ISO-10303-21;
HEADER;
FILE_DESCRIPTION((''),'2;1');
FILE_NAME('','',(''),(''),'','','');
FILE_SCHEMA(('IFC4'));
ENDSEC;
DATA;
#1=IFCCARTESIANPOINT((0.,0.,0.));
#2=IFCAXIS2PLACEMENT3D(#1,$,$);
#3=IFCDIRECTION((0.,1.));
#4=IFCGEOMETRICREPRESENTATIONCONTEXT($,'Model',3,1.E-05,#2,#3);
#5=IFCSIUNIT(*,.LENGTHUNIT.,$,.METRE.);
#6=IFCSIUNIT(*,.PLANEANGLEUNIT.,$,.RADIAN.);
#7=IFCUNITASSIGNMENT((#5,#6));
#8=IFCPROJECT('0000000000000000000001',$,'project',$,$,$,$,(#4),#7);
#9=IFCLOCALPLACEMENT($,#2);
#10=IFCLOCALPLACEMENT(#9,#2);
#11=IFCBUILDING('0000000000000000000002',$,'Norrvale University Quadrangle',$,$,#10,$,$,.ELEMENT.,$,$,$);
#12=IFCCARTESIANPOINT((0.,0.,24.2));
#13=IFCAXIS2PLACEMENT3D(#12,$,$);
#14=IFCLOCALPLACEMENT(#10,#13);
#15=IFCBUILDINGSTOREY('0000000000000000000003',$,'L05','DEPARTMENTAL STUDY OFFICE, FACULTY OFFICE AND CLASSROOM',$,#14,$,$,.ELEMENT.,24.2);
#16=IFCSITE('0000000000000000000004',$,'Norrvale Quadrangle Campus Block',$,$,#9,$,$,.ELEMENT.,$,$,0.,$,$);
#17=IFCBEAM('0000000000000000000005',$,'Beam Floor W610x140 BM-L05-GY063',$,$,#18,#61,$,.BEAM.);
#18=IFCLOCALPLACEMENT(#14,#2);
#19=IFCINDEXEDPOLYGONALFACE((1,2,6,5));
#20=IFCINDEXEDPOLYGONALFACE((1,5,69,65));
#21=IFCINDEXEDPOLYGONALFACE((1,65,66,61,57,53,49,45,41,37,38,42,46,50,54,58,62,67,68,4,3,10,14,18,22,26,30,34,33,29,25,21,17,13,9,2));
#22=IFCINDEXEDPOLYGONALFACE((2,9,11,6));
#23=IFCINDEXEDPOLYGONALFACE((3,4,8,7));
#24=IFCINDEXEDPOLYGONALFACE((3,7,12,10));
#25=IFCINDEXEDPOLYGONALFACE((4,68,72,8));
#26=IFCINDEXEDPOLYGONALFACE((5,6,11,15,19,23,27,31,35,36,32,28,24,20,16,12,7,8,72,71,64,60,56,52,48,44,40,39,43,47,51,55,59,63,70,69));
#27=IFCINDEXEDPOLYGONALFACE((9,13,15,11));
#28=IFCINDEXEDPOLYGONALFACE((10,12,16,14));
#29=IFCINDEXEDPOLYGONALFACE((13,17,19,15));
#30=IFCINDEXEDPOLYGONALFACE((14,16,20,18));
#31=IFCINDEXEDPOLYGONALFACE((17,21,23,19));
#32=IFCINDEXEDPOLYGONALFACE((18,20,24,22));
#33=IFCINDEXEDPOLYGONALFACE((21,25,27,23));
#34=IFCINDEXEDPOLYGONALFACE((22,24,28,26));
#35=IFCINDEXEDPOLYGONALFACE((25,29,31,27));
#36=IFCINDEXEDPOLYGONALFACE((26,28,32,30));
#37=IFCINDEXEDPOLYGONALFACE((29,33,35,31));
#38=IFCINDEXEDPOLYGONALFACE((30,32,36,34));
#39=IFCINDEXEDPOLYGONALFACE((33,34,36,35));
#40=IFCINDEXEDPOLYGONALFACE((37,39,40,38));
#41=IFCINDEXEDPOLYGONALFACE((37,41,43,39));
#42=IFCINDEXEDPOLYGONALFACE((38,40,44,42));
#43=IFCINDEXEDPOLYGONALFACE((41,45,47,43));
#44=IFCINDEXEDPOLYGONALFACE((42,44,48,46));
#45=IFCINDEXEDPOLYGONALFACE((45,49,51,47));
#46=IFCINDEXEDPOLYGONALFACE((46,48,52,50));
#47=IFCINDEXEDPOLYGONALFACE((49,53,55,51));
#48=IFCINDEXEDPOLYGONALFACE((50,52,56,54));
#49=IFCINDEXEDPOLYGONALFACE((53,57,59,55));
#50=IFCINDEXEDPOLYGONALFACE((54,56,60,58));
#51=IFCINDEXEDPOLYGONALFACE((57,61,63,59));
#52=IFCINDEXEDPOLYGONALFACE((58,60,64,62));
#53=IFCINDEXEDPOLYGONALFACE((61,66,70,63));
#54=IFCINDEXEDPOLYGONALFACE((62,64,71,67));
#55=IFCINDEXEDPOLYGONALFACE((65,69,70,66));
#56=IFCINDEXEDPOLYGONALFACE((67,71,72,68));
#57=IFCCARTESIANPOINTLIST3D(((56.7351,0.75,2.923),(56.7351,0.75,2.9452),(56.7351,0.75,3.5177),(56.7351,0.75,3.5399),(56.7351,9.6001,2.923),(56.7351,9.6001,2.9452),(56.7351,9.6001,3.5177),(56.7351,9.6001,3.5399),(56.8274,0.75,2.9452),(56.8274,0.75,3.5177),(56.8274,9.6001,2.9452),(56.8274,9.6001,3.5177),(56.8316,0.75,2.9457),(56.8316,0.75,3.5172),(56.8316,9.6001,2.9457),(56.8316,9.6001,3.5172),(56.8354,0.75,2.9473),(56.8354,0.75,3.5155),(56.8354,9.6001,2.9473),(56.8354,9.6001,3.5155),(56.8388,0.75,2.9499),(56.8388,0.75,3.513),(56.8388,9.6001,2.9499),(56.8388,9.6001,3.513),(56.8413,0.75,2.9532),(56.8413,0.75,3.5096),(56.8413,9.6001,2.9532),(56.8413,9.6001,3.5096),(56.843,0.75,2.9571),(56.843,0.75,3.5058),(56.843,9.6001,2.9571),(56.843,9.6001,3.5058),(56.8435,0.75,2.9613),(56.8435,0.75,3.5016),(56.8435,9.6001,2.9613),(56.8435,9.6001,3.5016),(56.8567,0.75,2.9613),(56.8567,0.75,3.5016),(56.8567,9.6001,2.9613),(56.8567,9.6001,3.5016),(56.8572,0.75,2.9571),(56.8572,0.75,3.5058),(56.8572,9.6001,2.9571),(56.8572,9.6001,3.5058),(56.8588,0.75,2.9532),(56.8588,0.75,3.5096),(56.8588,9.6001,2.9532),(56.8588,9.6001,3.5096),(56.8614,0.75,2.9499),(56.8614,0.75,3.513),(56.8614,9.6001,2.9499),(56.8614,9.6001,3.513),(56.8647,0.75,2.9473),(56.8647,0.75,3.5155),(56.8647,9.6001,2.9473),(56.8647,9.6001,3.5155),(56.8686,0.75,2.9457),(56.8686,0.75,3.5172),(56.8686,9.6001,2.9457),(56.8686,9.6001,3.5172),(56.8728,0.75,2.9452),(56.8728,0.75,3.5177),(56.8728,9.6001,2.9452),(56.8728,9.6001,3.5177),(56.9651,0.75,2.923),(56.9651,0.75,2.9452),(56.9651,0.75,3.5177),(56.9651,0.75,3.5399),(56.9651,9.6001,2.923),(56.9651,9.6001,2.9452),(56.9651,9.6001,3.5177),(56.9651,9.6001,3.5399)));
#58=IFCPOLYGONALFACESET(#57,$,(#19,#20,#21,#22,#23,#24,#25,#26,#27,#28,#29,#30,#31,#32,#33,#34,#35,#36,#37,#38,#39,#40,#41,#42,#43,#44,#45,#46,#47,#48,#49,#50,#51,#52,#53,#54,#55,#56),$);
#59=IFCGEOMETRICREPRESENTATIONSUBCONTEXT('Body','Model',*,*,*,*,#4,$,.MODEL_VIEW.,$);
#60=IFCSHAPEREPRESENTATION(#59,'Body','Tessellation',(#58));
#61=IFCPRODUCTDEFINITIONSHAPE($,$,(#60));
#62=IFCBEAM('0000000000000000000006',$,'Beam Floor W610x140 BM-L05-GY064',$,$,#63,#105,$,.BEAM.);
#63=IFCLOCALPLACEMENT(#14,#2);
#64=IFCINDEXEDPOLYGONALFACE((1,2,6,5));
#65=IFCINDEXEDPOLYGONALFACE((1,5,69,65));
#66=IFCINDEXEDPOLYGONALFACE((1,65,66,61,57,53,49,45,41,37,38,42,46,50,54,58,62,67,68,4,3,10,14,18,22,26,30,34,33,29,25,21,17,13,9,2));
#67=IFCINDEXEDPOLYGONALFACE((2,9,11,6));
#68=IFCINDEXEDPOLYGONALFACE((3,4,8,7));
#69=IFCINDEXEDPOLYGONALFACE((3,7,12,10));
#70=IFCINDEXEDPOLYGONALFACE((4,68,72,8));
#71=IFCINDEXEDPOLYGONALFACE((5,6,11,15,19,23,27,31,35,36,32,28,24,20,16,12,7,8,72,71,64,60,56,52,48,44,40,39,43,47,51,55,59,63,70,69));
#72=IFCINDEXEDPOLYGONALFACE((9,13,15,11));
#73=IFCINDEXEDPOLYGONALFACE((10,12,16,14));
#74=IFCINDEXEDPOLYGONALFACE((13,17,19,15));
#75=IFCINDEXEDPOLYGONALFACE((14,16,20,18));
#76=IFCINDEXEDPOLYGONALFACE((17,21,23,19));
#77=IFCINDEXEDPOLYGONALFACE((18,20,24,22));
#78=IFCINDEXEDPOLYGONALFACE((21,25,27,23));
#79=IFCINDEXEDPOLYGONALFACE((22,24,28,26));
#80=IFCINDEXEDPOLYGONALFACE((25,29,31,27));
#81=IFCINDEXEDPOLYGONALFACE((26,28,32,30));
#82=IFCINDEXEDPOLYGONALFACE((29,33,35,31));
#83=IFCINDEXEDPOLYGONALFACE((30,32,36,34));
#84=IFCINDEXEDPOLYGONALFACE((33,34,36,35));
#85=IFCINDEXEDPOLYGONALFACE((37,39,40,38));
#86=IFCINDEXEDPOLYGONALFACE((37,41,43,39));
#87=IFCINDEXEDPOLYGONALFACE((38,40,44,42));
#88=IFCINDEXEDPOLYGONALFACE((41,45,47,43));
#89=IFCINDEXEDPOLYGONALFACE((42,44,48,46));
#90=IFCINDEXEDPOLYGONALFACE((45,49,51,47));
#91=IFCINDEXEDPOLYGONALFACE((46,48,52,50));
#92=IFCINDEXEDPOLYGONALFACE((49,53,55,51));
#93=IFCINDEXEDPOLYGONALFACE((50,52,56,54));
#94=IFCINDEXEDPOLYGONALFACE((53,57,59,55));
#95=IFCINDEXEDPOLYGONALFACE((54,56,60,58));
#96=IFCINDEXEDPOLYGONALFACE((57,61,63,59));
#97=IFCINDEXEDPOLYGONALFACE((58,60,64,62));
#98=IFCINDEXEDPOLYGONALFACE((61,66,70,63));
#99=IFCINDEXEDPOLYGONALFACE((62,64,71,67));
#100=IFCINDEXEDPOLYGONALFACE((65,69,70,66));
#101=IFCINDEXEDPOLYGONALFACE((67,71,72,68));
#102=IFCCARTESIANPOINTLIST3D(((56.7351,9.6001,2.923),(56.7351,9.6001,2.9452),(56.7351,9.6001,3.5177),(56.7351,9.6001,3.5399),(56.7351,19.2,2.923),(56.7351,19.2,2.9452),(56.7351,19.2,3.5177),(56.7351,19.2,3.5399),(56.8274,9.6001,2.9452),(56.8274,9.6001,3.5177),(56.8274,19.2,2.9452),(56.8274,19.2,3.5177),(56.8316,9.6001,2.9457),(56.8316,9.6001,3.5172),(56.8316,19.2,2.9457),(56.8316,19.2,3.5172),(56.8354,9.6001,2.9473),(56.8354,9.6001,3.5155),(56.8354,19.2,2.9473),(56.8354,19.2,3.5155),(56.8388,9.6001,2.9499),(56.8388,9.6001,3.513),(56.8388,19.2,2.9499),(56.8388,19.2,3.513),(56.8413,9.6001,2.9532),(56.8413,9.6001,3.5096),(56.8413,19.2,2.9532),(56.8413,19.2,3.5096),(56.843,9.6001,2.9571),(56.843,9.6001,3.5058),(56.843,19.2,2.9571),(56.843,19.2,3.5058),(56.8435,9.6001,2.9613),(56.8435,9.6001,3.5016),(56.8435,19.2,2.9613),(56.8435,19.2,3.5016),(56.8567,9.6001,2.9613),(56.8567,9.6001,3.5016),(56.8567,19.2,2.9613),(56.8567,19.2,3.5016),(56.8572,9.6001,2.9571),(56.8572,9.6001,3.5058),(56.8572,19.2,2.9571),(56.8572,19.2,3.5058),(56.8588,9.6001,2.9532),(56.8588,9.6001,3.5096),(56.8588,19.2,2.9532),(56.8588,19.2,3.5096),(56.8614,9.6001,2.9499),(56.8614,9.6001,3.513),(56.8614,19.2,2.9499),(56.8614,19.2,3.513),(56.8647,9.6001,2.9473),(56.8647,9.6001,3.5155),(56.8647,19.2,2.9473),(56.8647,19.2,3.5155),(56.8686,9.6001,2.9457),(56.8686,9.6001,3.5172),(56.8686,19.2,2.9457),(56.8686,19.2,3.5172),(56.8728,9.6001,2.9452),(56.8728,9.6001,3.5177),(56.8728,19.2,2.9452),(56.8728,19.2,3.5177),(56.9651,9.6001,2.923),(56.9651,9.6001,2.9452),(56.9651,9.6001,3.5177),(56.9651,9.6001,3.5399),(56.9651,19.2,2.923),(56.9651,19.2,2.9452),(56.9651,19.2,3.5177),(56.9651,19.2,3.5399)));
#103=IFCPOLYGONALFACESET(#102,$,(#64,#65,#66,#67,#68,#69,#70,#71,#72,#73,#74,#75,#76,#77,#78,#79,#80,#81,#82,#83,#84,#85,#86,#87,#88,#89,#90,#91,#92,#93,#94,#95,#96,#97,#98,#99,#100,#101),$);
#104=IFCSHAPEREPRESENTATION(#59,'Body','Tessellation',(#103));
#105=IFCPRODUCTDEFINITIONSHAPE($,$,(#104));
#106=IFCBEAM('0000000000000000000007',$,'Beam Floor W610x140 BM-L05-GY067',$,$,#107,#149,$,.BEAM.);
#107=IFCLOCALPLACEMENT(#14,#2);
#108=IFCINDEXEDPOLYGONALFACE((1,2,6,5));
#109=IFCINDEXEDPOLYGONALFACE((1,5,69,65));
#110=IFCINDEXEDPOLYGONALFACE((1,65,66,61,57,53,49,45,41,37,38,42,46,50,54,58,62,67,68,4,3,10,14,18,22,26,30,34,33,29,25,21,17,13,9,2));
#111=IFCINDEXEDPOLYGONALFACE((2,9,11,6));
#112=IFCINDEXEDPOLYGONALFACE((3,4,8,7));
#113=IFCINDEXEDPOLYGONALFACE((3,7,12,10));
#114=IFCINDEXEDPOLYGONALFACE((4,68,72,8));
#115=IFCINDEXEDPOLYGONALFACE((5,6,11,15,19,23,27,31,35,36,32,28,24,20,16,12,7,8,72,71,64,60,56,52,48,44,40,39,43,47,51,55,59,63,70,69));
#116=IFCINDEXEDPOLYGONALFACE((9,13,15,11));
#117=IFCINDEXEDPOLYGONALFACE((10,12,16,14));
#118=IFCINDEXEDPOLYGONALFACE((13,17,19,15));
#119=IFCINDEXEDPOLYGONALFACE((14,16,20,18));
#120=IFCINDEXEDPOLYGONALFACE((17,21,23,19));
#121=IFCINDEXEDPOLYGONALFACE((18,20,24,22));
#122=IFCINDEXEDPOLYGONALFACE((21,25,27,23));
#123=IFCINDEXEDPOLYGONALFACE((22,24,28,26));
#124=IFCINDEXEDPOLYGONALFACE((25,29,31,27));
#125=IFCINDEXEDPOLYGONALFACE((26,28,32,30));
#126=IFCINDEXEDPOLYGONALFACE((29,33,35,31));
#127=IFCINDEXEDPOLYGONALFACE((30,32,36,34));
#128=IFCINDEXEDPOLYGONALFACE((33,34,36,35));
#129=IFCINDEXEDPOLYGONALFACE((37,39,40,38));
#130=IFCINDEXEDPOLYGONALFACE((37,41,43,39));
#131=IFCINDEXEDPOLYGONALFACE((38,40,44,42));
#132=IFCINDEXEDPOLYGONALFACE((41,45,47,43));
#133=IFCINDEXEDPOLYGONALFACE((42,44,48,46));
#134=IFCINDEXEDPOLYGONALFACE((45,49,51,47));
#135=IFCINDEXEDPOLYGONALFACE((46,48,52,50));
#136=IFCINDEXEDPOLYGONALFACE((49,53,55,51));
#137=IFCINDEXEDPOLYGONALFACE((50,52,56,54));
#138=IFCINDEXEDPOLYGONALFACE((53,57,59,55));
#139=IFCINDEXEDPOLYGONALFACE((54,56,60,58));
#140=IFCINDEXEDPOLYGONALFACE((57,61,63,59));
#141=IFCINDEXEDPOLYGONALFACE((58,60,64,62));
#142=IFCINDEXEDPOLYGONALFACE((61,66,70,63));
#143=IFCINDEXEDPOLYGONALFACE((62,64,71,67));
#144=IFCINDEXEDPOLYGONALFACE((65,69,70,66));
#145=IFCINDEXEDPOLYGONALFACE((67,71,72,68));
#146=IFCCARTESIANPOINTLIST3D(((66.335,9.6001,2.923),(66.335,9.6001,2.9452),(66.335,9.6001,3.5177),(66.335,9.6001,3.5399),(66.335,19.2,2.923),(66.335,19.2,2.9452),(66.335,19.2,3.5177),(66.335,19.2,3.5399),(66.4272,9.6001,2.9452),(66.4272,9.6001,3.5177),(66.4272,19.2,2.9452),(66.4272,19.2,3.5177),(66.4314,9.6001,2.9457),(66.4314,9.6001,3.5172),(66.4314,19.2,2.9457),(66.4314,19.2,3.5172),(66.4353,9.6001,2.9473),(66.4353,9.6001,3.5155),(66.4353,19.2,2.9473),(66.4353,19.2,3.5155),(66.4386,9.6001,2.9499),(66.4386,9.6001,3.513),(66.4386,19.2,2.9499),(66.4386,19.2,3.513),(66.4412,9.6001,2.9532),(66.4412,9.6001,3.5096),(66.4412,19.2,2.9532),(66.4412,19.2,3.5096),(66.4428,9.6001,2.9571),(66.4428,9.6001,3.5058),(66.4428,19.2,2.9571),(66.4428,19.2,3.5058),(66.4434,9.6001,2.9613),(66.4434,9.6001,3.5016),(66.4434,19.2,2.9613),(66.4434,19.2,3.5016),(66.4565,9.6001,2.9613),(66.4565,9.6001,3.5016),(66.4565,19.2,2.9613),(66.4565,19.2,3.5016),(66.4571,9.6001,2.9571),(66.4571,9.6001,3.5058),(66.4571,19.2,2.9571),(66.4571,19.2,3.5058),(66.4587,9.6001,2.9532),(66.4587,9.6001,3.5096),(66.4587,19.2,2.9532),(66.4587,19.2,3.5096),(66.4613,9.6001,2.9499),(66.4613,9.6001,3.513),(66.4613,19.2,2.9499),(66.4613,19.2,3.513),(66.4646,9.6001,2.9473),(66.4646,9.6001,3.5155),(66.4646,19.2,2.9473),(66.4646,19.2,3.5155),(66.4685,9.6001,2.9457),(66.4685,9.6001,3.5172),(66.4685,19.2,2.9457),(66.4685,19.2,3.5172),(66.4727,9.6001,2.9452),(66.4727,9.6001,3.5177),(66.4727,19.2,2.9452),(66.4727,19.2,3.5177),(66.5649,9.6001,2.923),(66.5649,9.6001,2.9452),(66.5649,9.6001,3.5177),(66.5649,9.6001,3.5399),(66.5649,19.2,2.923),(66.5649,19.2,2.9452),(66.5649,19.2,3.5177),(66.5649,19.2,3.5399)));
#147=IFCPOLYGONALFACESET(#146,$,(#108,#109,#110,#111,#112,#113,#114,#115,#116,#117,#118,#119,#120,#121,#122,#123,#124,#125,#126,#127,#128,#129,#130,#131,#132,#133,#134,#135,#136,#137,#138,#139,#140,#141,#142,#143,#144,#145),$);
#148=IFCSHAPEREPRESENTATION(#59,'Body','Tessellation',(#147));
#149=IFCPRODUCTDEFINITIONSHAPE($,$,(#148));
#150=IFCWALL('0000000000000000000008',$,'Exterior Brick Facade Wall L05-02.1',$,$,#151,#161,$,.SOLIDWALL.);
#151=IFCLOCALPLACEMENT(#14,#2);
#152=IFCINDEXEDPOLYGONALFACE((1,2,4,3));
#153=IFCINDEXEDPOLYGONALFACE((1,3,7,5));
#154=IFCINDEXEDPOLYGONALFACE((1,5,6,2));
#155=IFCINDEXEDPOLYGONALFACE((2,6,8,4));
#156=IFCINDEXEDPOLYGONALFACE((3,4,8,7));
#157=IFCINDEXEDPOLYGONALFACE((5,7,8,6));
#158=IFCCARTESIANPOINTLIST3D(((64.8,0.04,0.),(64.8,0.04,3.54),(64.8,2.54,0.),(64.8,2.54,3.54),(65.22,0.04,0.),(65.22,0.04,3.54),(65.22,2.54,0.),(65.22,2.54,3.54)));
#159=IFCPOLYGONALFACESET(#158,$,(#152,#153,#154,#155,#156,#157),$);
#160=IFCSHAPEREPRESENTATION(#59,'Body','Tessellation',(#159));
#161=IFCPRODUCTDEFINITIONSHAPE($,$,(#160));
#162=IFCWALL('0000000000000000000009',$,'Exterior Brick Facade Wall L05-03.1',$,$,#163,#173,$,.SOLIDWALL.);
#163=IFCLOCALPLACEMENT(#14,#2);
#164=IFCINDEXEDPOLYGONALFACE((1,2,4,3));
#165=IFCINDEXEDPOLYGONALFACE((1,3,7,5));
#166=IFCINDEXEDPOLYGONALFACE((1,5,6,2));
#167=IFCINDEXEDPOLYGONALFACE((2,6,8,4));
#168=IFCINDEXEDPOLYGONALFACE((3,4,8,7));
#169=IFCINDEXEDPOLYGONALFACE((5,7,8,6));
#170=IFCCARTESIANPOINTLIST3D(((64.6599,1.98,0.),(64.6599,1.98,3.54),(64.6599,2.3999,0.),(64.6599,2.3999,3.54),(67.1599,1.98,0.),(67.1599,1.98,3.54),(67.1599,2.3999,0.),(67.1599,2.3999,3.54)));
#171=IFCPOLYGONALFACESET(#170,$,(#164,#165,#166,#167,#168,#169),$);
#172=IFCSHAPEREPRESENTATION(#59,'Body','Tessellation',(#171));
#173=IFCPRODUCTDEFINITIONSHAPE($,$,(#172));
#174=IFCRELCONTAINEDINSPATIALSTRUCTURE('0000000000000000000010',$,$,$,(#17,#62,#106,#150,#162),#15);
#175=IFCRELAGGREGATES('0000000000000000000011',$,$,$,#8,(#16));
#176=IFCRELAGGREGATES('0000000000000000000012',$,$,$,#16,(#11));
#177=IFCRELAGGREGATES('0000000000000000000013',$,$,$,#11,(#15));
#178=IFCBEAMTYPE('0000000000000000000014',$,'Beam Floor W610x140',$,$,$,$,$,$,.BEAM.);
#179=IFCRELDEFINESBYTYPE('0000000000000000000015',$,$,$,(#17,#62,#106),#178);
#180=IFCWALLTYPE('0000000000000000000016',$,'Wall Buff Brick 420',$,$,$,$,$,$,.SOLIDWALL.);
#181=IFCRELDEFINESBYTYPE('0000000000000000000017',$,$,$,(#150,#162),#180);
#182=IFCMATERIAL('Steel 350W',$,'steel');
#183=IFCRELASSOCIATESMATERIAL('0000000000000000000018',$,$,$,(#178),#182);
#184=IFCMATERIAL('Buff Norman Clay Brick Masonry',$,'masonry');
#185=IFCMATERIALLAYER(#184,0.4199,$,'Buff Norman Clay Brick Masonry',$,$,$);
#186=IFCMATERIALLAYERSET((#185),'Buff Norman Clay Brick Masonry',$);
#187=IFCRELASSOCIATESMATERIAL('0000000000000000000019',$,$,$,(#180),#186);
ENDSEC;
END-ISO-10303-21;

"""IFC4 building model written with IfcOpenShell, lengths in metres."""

from ifc_helpers import new_model, si_unit, direction, frame, frame_2d, origin, origin_2d, place, context, subcontext, project, spatial, rectangle, i_section, extrude, material, layer, layer_set, material_profile, profile_set, type_object, element, save


model = new_model("IFC4")

# Units and contexts
model_context = context("Model", 3, precision=1e-05, world=origin(), true_north=direction((0.0, 1.0)))
body_context = subcontext(model_context, "Body", "Model", "MODEL_VIEW")
ifc_project = project(units=[si_unit("LENGTHUNIT", "METRE"), si_unit("PLANEANGLEUNIT", "RADIAN")], contexts=[model_context])

# Site, building, storey
site_placement = place(None, origin())
site = spatial("IfcSite", under=ifc_project, at=site_placement, Name="Norrvale Quadrangle Campus Block", CompositionType="ELEMENT", RefElevation=0.0)
building_placement = place(site_placement, origin())
building = spatial("IfcBuilding", under=site, at=building_placement, Name="Norrvale University Quadrangle", CompositionType="ELEMENT")
storey_placement = place(building_placement, frame((0.0, 0.0, 24.2)))
storey = spatial("IfcBuildingStorey", under=building, at=storey_placement, Name="L05", Description="DEPARTMENTAL STUDY OFFICE, FACULTY OFFICE AND CLASSROOM", CompositionType="ELEMENT", Elevation=24.2)

# Beams
ifc_material_1 = material(Name="Steel 350W", Category="steel")
ifc_material_profile_1 = material_profile(ifc_material_1, i_section(OverallWidth=0.23, OverallDepth=0.6169, WebThickness=0.0132, FlangeThickness=0.0222, FilletRadius=0.0161, at=origin_2d()), Name="Steel 350W")
ifc_profile_set_1 = profile_set([ifc_material_profile_1], Name="Steel 350W")
beam_type_1 = type_object("IfcBeamType", Name="Beam Floor W610x140", PredefinedType="BEAM", material=ifc_profile_set_1)
beam_1_placement = place(storey_placement, frame((56.8501, 0.75, 3.2314), z_axis=(0.0, 1.0, 0.0), x_axis=(-1.0, 0.0, 0.0)))
element("IfcBeam", 1, at=beam_1_placement, inside=storey, type_object=beam_type_1, Name="Beam Floor W610x140 BM-L05-GY063", PredefinedType="BEAM", context=body_context, shape_type="SweptSolid", body=[
    extrude(i_section(OverallWidth=0.23, OverallDepth=0.6169, WebThickness=0.0132, FlangeThickness=0.0222, FilletRadius=0.0161, at=origin_2d()), origin(), (0.0, 0.0, 1.0), 8.8501),
])
for number, where, z_axis, x_axis, name in (
    (2, (56.8501, 9.6001, 3.2314), (0.0, 1.0, 0.0), (-1.0, 0.0, 0.0), "Beam Floor W610x140 BM-L05-GY064"),
    (3, (66.45, 9.6001, 3.2314), (0.0, 1.0, 0.0), (-1.0, 0.0, 0.0), "Beam Floor W610x140 BM-L05-GY067"),
):
    element("IfcBeam", number, at=place(storey_placement, frame(where, z_axis=z_axis, x_axis=x_axis)), inside=storey, type_object=beam_type_1, Name=name, PredefinedType="BEAM", context=body_context, shape_type="SweptSolid", body=[
        extrude(i_section(OverallWidth=0.23, OverallDepth=0.6169, WebThickness=0.0132, FlangeThickness=0.0222, FilletRadius=0.0161, at=origin_2d()), origin(), (0.0, 0.0, 1.0), 9.5999),
    ])

# Walls
ifc_material_2 = material(Name="Buff Norman Clay Brick Masonry", Category="masonry")
ifc_layer_1 = layer(ifc_material_2, 0.4199, Name="Buff Norman Clay Brick Masonry")
ifc_layer_set_1 = layer_set([ifc_layer_1], Name="Buff Norman Clay Brick Masonry")
wall_type_1 = type_object("IfcWallType", Name="Wall Buff Brick 420", PredefinedType="SOLIDWALL", material=ifc_layer_set_1)
for number, where, z_axis, x_axis, name in (
    (4, (65.01, 0.04, 0.0), (0.0, 0.0, 1.0), (0.0, 1.0, 0.0), "Exterior Brick Facade Wall L05-02.1"),
    (5, (64.6599, 2.1899, 0.0), (0.0, 0.0, 1.0), (1.0, 0.0, 0.0), "Exterior Brick Facade Wall L05-03.1"),
):
    element("IfcWall", number, at=place(storey_placement, frame(where, z_axis=z_axis, x_axis=x_axis)), inside=storey, type_object=wall_type_1, Name=name, PredefinedType="SOLIDWALL", context=body_context, shape_type="SweptSolid", body=[
        extrude(rectangle(XDim=2.5, YDim=0.4199, at=frame_2d((1.25, 0.0))), origin(), (0.0, 0.0, 1.0), 3.54),
    ])

save(model, "model.ifc")
